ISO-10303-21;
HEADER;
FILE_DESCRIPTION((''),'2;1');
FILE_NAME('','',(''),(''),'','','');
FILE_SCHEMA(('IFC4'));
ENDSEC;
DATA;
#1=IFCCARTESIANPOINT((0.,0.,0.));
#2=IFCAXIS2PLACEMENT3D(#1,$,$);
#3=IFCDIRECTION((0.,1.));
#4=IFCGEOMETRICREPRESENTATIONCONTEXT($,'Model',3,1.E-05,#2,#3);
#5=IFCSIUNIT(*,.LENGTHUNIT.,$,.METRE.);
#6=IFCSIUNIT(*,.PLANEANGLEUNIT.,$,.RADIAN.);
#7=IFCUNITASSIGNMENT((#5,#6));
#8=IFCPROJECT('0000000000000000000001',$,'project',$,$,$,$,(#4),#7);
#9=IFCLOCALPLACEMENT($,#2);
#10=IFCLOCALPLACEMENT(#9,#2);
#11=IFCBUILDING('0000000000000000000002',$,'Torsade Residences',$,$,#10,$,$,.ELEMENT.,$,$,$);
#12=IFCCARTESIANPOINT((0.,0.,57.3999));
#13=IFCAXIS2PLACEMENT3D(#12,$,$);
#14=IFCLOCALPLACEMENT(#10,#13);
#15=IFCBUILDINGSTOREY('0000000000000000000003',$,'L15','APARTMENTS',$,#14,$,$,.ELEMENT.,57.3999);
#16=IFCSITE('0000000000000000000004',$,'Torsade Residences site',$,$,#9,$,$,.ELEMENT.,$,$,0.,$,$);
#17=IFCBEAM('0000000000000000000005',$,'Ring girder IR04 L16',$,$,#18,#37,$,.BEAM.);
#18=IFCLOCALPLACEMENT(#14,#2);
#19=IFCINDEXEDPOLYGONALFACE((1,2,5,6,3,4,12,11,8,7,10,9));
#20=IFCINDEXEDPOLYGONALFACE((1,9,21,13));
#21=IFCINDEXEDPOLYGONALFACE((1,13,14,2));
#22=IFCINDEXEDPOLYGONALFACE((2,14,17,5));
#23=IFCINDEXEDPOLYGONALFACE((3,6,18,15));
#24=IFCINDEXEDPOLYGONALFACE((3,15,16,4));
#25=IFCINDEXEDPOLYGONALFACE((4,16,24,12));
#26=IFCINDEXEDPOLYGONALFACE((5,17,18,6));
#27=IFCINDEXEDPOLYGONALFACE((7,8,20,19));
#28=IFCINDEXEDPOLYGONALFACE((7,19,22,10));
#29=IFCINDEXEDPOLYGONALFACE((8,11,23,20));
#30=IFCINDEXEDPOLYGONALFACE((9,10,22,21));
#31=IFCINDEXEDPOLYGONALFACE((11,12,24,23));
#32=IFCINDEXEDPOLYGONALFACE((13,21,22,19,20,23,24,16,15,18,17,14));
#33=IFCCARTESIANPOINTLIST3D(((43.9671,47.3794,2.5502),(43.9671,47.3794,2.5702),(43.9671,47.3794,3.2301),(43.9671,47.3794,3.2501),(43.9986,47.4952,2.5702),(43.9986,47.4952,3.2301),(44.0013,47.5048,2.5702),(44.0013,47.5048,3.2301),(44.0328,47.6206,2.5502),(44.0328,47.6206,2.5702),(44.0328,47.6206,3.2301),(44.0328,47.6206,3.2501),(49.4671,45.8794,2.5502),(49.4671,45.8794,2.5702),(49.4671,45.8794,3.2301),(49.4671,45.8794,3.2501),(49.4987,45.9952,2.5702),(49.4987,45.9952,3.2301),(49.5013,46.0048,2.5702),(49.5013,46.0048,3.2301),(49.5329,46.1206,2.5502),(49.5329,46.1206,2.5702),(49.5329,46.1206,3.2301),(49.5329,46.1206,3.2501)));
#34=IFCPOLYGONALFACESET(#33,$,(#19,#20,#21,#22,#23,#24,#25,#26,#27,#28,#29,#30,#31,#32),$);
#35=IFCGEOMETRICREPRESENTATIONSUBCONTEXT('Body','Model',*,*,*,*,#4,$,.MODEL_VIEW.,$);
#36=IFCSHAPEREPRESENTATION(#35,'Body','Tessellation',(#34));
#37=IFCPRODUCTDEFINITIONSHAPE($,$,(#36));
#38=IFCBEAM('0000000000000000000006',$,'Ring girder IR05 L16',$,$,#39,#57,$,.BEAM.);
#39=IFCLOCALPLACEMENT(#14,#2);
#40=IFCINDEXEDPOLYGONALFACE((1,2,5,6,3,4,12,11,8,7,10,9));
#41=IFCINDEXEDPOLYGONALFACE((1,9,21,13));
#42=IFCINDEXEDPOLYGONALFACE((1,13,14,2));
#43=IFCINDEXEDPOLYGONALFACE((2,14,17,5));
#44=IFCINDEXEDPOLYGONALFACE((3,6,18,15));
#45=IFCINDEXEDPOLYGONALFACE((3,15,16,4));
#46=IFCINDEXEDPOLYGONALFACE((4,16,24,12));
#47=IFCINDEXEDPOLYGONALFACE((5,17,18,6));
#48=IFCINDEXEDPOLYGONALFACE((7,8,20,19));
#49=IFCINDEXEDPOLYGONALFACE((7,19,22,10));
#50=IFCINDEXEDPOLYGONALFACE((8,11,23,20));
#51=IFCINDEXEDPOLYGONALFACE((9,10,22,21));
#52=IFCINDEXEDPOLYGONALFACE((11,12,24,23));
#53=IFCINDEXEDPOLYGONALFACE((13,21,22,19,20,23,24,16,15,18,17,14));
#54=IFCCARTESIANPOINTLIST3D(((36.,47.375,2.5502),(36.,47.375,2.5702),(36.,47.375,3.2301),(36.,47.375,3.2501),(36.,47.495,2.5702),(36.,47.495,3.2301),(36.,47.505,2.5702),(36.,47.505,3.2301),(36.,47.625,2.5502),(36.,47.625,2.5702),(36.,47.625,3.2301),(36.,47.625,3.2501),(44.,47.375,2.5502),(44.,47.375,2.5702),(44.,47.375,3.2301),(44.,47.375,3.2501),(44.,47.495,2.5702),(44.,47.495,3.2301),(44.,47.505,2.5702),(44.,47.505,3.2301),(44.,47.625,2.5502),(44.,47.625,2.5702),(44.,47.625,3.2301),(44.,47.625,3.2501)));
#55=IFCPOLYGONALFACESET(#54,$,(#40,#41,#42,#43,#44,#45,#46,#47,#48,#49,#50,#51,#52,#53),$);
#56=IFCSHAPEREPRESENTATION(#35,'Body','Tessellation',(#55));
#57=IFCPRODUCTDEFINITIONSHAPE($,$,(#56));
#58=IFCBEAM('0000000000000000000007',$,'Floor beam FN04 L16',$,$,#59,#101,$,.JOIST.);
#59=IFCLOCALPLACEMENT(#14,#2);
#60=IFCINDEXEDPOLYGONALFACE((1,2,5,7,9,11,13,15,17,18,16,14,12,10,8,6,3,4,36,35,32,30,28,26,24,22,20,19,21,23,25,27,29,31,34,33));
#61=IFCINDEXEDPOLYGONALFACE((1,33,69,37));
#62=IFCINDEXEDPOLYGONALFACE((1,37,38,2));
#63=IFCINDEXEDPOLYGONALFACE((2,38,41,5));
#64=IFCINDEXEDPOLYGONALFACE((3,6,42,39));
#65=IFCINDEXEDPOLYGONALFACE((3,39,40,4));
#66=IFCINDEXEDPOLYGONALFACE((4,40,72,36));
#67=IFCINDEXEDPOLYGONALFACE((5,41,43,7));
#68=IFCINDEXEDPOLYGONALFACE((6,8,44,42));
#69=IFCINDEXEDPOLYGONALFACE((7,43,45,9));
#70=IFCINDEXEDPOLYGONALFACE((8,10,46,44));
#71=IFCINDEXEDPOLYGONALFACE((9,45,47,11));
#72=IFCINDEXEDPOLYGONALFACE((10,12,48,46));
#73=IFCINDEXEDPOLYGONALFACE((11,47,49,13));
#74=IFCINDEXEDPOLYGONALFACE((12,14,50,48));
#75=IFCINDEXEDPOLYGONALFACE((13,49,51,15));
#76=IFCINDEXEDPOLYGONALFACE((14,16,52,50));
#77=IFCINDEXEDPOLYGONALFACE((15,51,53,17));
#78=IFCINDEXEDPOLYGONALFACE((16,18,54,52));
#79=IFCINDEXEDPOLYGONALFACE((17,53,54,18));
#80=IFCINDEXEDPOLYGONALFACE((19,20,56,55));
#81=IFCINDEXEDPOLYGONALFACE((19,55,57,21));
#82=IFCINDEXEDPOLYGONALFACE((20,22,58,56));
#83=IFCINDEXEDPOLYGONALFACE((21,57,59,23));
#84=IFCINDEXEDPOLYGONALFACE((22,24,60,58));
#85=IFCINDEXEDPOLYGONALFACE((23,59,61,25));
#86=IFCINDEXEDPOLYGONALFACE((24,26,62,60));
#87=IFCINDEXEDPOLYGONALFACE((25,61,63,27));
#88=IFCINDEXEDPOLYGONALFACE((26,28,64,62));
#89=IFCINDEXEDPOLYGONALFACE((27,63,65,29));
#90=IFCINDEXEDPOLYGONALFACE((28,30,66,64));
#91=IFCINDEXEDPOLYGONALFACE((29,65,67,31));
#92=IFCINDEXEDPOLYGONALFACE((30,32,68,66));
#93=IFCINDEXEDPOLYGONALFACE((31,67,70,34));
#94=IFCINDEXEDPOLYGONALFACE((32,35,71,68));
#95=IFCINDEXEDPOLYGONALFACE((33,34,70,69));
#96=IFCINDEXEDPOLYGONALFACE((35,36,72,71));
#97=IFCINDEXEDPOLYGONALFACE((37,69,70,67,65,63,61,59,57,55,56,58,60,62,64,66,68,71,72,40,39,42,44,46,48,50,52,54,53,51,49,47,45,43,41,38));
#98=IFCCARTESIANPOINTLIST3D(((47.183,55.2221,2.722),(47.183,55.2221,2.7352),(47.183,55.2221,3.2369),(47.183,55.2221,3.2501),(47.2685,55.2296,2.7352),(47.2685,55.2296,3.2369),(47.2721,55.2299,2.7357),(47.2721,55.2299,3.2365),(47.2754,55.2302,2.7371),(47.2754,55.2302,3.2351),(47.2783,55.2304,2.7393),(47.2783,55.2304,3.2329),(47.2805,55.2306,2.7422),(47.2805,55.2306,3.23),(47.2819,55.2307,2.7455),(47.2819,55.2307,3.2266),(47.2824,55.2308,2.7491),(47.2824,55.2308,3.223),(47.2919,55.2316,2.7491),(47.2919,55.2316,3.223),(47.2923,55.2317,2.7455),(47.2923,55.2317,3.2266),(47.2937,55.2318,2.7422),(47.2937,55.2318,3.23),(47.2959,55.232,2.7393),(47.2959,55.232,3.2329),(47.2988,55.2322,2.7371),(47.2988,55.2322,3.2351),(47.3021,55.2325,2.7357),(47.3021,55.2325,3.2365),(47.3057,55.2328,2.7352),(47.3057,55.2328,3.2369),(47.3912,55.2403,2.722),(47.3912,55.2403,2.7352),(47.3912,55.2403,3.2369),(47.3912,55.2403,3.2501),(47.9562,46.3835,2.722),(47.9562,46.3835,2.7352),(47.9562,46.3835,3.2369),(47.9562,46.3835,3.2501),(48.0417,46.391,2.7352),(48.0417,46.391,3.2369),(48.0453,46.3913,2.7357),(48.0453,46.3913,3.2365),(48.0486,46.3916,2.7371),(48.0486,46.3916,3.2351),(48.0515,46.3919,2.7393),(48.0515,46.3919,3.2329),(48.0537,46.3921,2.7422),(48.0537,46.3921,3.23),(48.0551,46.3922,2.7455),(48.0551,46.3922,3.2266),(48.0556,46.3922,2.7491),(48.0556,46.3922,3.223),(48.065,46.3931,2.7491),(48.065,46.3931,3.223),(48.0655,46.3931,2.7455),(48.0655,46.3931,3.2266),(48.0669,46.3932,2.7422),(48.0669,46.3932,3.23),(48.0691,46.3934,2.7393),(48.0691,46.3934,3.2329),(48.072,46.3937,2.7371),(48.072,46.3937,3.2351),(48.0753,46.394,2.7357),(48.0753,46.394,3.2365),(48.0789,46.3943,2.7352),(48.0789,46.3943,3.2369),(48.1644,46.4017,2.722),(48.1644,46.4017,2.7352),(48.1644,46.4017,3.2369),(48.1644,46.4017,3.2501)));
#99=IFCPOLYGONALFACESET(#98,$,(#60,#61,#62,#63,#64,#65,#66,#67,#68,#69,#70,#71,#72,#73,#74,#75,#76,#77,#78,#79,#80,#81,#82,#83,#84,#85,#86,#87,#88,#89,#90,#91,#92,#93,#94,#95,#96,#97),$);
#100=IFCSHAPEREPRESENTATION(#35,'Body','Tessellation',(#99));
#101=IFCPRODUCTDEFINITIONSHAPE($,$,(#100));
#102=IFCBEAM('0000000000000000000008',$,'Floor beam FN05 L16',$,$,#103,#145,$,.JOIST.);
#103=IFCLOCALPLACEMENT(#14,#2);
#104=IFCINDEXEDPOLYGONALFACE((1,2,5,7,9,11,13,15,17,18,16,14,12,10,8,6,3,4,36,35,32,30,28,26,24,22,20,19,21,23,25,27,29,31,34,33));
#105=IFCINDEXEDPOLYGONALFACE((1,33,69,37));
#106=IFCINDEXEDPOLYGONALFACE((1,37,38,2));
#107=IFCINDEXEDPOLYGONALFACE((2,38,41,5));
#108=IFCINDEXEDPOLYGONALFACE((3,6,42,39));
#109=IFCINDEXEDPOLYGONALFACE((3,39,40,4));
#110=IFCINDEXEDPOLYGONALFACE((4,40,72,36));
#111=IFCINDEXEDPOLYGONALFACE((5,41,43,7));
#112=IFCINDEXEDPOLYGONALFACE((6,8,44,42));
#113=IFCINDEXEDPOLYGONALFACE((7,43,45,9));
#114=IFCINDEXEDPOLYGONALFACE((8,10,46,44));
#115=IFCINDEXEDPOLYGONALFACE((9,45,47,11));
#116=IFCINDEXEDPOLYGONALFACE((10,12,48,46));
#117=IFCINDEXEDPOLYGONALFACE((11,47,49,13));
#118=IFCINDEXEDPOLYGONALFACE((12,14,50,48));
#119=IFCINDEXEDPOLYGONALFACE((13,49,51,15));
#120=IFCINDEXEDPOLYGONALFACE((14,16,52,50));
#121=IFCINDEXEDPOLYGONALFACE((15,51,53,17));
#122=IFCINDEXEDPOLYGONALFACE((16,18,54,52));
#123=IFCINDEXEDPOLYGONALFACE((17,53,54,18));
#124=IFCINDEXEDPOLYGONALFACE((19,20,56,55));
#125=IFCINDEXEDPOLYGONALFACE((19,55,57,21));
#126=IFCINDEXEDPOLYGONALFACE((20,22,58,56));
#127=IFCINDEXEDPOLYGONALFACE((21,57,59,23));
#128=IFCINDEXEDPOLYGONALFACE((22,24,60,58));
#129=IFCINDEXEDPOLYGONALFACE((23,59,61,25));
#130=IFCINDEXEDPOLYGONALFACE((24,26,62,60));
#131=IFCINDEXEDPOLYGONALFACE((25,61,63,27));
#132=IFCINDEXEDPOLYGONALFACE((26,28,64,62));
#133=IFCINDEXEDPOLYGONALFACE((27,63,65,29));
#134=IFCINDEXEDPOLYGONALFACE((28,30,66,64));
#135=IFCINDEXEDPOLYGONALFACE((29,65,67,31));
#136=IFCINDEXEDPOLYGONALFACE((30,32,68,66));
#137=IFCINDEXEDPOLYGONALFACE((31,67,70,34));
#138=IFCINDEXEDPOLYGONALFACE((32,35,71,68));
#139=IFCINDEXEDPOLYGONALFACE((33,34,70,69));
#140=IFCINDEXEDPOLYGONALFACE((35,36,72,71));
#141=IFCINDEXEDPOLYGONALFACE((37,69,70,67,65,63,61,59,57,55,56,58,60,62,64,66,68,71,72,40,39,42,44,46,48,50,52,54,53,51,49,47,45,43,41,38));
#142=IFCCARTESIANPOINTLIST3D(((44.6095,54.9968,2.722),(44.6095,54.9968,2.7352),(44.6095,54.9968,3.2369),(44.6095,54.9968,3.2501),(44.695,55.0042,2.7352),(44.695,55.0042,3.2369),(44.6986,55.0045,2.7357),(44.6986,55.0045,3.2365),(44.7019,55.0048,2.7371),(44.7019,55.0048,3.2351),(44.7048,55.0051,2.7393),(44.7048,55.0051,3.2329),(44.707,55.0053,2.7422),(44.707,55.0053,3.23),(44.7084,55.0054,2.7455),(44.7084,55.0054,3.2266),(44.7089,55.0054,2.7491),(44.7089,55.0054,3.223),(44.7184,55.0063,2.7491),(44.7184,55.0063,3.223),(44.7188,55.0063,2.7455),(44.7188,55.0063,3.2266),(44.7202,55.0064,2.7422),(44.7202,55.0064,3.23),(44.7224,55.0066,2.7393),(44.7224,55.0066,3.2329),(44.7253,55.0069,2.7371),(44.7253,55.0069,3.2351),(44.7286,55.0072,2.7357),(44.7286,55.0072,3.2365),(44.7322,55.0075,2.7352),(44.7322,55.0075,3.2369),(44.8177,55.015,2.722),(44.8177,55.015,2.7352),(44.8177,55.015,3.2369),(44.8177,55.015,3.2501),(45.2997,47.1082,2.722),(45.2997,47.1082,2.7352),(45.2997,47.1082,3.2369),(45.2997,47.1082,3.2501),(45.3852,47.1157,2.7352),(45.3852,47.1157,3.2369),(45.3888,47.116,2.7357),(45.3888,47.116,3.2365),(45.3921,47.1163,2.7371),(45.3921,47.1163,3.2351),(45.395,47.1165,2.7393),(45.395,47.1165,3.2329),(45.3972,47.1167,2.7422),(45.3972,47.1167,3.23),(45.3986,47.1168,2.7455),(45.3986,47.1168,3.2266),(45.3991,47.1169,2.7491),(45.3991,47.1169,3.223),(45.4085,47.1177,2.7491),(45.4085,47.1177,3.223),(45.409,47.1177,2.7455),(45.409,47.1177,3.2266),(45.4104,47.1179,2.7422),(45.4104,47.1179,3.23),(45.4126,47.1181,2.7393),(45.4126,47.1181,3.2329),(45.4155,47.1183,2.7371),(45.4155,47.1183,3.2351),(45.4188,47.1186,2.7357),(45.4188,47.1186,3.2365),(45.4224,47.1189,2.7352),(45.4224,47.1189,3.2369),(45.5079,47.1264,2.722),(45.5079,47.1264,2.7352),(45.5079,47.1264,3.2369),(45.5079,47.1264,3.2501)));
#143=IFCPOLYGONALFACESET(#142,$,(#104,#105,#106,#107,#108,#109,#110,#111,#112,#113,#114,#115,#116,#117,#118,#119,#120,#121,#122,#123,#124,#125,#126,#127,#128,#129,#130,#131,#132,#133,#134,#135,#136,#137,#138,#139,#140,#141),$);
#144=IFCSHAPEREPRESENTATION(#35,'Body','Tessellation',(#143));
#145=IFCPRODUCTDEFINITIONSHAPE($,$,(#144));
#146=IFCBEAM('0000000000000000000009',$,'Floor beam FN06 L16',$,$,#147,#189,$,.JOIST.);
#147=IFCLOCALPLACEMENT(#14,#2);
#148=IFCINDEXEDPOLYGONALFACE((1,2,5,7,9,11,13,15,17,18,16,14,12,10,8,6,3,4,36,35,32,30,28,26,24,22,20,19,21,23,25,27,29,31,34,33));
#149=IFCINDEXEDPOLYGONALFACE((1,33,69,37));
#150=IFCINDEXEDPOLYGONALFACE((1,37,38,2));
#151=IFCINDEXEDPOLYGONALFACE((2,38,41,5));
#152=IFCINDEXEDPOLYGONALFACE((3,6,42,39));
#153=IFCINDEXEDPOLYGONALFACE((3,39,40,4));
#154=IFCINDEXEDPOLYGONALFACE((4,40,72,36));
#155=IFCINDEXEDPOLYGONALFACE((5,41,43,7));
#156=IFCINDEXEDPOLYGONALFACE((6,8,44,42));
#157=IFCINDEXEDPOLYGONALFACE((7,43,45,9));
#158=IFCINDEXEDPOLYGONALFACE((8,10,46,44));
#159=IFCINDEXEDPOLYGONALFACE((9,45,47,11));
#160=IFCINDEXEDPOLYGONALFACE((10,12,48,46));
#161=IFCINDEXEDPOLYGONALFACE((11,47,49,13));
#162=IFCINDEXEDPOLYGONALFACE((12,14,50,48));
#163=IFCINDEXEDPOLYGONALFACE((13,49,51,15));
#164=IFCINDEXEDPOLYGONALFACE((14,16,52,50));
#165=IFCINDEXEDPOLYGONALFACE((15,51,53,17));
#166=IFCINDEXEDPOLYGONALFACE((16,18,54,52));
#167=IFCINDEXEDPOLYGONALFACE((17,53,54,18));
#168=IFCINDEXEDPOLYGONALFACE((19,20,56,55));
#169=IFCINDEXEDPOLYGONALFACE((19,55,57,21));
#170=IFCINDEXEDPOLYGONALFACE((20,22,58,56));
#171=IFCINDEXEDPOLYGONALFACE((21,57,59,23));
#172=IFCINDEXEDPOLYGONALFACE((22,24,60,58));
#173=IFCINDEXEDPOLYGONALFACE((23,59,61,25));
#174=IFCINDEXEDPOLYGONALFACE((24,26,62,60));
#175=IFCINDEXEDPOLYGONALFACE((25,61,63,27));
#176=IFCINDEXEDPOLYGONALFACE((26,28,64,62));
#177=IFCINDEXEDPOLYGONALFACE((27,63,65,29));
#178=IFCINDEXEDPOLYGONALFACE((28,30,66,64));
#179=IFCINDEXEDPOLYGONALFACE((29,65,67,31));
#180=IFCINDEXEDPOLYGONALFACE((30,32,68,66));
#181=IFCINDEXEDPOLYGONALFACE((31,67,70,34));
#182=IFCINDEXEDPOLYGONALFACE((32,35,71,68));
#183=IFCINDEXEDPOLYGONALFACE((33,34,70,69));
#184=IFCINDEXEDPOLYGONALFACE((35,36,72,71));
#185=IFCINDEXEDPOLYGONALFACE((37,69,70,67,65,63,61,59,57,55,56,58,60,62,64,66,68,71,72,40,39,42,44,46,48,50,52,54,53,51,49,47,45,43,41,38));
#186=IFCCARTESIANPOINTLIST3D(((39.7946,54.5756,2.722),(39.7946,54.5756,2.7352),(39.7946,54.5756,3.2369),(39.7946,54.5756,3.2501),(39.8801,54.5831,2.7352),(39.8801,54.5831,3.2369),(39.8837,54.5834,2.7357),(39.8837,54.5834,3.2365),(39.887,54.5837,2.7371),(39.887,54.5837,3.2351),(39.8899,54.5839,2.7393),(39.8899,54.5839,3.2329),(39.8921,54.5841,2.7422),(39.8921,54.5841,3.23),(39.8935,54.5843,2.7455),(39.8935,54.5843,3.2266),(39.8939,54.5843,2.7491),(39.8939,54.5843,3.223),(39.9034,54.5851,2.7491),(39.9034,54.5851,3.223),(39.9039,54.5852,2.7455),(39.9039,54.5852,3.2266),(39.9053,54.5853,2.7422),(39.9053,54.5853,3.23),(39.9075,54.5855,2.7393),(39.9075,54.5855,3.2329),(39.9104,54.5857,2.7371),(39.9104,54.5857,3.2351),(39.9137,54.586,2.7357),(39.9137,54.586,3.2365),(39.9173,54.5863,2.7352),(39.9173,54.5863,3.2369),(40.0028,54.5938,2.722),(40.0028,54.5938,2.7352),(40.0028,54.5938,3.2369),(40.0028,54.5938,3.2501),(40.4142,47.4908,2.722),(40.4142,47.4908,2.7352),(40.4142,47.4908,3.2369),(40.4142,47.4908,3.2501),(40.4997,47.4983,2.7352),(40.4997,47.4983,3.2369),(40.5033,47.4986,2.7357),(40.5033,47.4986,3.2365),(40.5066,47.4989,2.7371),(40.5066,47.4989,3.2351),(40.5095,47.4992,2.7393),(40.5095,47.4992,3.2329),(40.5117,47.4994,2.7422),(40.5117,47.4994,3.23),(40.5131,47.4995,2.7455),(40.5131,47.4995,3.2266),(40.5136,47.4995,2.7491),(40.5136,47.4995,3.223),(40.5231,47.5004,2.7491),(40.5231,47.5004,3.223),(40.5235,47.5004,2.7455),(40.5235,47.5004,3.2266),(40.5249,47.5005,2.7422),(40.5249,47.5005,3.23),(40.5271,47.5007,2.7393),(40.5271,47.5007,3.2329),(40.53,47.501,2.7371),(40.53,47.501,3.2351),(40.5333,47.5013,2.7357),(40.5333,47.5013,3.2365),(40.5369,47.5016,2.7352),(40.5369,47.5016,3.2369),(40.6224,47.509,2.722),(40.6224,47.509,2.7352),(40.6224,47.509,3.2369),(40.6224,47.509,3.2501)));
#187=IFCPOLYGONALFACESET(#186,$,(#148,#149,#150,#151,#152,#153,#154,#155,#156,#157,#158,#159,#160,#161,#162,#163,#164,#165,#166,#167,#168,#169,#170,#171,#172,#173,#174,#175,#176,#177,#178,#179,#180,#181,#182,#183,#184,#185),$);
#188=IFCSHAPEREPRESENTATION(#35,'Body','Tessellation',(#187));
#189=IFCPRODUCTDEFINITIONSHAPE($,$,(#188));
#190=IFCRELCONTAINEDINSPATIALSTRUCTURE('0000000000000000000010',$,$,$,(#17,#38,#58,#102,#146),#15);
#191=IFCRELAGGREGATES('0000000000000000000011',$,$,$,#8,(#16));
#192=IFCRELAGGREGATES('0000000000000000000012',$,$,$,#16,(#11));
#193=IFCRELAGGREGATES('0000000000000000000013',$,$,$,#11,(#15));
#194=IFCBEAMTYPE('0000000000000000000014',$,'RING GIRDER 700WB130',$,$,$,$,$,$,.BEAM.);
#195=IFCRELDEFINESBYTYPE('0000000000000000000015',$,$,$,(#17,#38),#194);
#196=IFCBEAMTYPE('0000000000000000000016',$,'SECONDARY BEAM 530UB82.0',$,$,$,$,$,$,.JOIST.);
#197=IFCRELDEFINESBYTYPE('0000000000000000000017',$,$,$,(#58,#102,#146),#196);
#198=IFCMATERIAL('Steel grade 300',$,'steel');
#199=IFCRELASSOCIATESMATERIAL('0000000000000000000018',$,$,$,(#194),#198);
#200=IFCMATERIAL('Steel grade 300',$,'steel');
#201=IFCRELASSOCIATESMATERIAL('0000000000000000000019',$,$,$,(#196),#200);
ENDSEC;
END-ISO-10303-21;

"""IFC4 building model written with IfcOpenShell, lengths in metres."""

from ifc_helpers import new_model, si_unit, direction, frame, origin, origin_2d, place, context, subcontext, project, spatial, i_section, extrude, material, material_profile, profile_set, type_object, element, save


model = new_model("IFC4")

# Units and contexts
model_context = context("Model", 3, precision=1e-05, world=origin(), true_north=direction((0.0, 1.0)))
body_context = subcontext(model_context, "Body", "Model", "MODEL_VIEW")
ifc_project = project(units=[si_unit("LENGTHUNIT", "METRE"), si_unit("PLANEANGLEUNIT", "RADIAN")], contexts=[model_context])

# Site, building, storey
site_placement = place(None, origin())
site = spatial("IfcSite", under=ifc_project, at=site_placement, Name="Torsade Residences site", CompositionType="ELEMENT", RefElevation=0.0)
building_placement = place(site_placement, origin())
building = spatial("IfcBuilding", under=site, at=building_placement, Name="Torsade Residences", CompositionType="ELEMENT")
storey_placement = place(building_placement, frame((0.0, 0.0, 57.3999)))
storey = spatial("IfcBuildingStorey", under=building, at=storey_placement, Name="L15", Description="APARTMENTS", CompositionType="ELEMENT", Elevation=57.3999)

# Beams
ifc_material_1 = material(Name="Steel grade 300", Category="steel")
ifc_material_profile_1 = material_profile(ifc_material_1, i_section(OverallWidth=0.25, OverallDepth=0.7, WebThickness=0.01, FlangeThickness=0.02, at=origin_2d()), Name="700WB130")
ifc_profile_set_1 = profile_set([ifc_material_profile_1], Name="Steel grade 300")
beam_type_1 = type_object("IfcBeamType", Name="RING GIRDER 700WB130", PredefinedType="BEAM", material=ifc_profile_set_1)
beam_1_placement = place(storey_placement, frame((49.5, 46.0, 2.9001), z_axis=(-0.964764, 0.263117, 0.0), x_axis=(-0.263117, -0.964764, 0.0)))
element("IfcBeam", 1, at=beam_1_placement, inside=storey, type_object=beam_type_1, Name="Ring girder IR04 L16", PredefinedType="BEAM", context=body_context, shape_type="SweptSolid", body=[
    extrude(i_section(OverallWidth=0.25, OverallDepth=0.7, WebThickness=0.01, FlangeThickness=0.02, at=origin_2d()), origin(), (0.0, 0.0, 1.0), 5.7009),
])
beam_2_placement = place(storey_placement, frame((44.0, 47.5, 2.9001), z_axis=(-1.0, 0.0, 0.0), x_axis=(0.0, -1.0, 0.0)))
element("IfcBeam", 2, at=beam_2_placement, inside=storey, type_object=beam_type_1, Name="Ring girder IR05 L16", PredefinedType="BEAM", context=body_context, shape_type="SweptSolid", body=[
    extrude(i_section(OverallWidth=0.25, OverallDepth=0.7, WebThickness=0.01, FlangeThickness=0.02, at=origin_2d()), origin(), (0.0, 0.0, 1.0), 8.0),
])
ifc_material_2 = material(Name="Steel grade 300", Category="steel")
ifc_material_profile_2 = material_profile(ifc_material_2, i_section(OverallWidth=0.209, OverallDepth=0.5281, WebThickness=0.0095, FlangeThickness=0.0132, FilletRadius=0.0139, at=origin_2d()), Name="530UB82.0")
ifc_profile_set_2 = profile_set([ifc_material_profile_2], Name="Steel grade 300")
beam_type_2 = type_object("IfcBeamType", Name="SECONDARY BEAM 530UB82.0", PredefinedType="JOIST", material=ifc_profile_set_2)
beam_3_placement = place(storey_placement, frame((47.2871, 55.2312, 2.9861), z_axis=(0.087146, -0.996196, 0.0), x_axis=(0.996196, 0.087146, 0.0)))
element("IfcBeam", 3, at=beam_3_placement, inside=storey, type_object=beam_type_2, Name="Floor beam FN04 L16", PredefinedType="JOIST", context=body_context, shape_type="SweptSolid", body=[
    extrude(i_section(OverallWidth=0.209, OverallDepth=0.5281, WebThickness=0.0095, FlangeThickness=0.0132, FilletRadius=0.0139, at=origin_2d()), origin(), (0.0, 0.0, 1.0), 8.8723),
])
beam_4_placement = place(storey_placement, frame((44.7136, 55.0059, 2.9861), z_axis=(0.087158, -0.996195, 0.0), x_axis=(0.996195, 0.087158, 0.0)))
element("IfcBeam", 4, at=beam_4_placement, inside=storey, type_object=beam_type_2, Name="Floor beam FN05 L16", PredefinedType="JOIST", context=body_context, shape_type="SweptSolid", body=[
    extrude(i_section(OverallWidth=0.209, OverallDepth=0.5281, WebThickness=0.0095, FlangeThickness=0.0132, FilletRadius=0.0139, at=origin_2d()), origin(), (0.0, 0.0, 1.0), 7.9187),
])
beam_5_placement = place(storey_placement, frame((39.8987, 54.5847, 2.9861), z_axis=(0.087127, -0.996197, 0.0), x_axis=(0.996197, 0.087127, 0.0)))
element("IfcBeam", 5, at=beam_5_placement, inside=storey, type_object=beam_type_2, Name="Floor beam FN06 L16", PredefinedType="JOIST", context=body_context, shape_type="SweptSolid", body=[
    extrude(i_section(OverallWidth=0.209, OverallDepth=0.5281, WebThickness=0.0095, FlangeThickness=0.0132, FilletRadius=0.0139, at=origin_2d()), origin(), (0.0, 0.0, 1.0), 7.1118),
])

save(model, "model.ifc")
